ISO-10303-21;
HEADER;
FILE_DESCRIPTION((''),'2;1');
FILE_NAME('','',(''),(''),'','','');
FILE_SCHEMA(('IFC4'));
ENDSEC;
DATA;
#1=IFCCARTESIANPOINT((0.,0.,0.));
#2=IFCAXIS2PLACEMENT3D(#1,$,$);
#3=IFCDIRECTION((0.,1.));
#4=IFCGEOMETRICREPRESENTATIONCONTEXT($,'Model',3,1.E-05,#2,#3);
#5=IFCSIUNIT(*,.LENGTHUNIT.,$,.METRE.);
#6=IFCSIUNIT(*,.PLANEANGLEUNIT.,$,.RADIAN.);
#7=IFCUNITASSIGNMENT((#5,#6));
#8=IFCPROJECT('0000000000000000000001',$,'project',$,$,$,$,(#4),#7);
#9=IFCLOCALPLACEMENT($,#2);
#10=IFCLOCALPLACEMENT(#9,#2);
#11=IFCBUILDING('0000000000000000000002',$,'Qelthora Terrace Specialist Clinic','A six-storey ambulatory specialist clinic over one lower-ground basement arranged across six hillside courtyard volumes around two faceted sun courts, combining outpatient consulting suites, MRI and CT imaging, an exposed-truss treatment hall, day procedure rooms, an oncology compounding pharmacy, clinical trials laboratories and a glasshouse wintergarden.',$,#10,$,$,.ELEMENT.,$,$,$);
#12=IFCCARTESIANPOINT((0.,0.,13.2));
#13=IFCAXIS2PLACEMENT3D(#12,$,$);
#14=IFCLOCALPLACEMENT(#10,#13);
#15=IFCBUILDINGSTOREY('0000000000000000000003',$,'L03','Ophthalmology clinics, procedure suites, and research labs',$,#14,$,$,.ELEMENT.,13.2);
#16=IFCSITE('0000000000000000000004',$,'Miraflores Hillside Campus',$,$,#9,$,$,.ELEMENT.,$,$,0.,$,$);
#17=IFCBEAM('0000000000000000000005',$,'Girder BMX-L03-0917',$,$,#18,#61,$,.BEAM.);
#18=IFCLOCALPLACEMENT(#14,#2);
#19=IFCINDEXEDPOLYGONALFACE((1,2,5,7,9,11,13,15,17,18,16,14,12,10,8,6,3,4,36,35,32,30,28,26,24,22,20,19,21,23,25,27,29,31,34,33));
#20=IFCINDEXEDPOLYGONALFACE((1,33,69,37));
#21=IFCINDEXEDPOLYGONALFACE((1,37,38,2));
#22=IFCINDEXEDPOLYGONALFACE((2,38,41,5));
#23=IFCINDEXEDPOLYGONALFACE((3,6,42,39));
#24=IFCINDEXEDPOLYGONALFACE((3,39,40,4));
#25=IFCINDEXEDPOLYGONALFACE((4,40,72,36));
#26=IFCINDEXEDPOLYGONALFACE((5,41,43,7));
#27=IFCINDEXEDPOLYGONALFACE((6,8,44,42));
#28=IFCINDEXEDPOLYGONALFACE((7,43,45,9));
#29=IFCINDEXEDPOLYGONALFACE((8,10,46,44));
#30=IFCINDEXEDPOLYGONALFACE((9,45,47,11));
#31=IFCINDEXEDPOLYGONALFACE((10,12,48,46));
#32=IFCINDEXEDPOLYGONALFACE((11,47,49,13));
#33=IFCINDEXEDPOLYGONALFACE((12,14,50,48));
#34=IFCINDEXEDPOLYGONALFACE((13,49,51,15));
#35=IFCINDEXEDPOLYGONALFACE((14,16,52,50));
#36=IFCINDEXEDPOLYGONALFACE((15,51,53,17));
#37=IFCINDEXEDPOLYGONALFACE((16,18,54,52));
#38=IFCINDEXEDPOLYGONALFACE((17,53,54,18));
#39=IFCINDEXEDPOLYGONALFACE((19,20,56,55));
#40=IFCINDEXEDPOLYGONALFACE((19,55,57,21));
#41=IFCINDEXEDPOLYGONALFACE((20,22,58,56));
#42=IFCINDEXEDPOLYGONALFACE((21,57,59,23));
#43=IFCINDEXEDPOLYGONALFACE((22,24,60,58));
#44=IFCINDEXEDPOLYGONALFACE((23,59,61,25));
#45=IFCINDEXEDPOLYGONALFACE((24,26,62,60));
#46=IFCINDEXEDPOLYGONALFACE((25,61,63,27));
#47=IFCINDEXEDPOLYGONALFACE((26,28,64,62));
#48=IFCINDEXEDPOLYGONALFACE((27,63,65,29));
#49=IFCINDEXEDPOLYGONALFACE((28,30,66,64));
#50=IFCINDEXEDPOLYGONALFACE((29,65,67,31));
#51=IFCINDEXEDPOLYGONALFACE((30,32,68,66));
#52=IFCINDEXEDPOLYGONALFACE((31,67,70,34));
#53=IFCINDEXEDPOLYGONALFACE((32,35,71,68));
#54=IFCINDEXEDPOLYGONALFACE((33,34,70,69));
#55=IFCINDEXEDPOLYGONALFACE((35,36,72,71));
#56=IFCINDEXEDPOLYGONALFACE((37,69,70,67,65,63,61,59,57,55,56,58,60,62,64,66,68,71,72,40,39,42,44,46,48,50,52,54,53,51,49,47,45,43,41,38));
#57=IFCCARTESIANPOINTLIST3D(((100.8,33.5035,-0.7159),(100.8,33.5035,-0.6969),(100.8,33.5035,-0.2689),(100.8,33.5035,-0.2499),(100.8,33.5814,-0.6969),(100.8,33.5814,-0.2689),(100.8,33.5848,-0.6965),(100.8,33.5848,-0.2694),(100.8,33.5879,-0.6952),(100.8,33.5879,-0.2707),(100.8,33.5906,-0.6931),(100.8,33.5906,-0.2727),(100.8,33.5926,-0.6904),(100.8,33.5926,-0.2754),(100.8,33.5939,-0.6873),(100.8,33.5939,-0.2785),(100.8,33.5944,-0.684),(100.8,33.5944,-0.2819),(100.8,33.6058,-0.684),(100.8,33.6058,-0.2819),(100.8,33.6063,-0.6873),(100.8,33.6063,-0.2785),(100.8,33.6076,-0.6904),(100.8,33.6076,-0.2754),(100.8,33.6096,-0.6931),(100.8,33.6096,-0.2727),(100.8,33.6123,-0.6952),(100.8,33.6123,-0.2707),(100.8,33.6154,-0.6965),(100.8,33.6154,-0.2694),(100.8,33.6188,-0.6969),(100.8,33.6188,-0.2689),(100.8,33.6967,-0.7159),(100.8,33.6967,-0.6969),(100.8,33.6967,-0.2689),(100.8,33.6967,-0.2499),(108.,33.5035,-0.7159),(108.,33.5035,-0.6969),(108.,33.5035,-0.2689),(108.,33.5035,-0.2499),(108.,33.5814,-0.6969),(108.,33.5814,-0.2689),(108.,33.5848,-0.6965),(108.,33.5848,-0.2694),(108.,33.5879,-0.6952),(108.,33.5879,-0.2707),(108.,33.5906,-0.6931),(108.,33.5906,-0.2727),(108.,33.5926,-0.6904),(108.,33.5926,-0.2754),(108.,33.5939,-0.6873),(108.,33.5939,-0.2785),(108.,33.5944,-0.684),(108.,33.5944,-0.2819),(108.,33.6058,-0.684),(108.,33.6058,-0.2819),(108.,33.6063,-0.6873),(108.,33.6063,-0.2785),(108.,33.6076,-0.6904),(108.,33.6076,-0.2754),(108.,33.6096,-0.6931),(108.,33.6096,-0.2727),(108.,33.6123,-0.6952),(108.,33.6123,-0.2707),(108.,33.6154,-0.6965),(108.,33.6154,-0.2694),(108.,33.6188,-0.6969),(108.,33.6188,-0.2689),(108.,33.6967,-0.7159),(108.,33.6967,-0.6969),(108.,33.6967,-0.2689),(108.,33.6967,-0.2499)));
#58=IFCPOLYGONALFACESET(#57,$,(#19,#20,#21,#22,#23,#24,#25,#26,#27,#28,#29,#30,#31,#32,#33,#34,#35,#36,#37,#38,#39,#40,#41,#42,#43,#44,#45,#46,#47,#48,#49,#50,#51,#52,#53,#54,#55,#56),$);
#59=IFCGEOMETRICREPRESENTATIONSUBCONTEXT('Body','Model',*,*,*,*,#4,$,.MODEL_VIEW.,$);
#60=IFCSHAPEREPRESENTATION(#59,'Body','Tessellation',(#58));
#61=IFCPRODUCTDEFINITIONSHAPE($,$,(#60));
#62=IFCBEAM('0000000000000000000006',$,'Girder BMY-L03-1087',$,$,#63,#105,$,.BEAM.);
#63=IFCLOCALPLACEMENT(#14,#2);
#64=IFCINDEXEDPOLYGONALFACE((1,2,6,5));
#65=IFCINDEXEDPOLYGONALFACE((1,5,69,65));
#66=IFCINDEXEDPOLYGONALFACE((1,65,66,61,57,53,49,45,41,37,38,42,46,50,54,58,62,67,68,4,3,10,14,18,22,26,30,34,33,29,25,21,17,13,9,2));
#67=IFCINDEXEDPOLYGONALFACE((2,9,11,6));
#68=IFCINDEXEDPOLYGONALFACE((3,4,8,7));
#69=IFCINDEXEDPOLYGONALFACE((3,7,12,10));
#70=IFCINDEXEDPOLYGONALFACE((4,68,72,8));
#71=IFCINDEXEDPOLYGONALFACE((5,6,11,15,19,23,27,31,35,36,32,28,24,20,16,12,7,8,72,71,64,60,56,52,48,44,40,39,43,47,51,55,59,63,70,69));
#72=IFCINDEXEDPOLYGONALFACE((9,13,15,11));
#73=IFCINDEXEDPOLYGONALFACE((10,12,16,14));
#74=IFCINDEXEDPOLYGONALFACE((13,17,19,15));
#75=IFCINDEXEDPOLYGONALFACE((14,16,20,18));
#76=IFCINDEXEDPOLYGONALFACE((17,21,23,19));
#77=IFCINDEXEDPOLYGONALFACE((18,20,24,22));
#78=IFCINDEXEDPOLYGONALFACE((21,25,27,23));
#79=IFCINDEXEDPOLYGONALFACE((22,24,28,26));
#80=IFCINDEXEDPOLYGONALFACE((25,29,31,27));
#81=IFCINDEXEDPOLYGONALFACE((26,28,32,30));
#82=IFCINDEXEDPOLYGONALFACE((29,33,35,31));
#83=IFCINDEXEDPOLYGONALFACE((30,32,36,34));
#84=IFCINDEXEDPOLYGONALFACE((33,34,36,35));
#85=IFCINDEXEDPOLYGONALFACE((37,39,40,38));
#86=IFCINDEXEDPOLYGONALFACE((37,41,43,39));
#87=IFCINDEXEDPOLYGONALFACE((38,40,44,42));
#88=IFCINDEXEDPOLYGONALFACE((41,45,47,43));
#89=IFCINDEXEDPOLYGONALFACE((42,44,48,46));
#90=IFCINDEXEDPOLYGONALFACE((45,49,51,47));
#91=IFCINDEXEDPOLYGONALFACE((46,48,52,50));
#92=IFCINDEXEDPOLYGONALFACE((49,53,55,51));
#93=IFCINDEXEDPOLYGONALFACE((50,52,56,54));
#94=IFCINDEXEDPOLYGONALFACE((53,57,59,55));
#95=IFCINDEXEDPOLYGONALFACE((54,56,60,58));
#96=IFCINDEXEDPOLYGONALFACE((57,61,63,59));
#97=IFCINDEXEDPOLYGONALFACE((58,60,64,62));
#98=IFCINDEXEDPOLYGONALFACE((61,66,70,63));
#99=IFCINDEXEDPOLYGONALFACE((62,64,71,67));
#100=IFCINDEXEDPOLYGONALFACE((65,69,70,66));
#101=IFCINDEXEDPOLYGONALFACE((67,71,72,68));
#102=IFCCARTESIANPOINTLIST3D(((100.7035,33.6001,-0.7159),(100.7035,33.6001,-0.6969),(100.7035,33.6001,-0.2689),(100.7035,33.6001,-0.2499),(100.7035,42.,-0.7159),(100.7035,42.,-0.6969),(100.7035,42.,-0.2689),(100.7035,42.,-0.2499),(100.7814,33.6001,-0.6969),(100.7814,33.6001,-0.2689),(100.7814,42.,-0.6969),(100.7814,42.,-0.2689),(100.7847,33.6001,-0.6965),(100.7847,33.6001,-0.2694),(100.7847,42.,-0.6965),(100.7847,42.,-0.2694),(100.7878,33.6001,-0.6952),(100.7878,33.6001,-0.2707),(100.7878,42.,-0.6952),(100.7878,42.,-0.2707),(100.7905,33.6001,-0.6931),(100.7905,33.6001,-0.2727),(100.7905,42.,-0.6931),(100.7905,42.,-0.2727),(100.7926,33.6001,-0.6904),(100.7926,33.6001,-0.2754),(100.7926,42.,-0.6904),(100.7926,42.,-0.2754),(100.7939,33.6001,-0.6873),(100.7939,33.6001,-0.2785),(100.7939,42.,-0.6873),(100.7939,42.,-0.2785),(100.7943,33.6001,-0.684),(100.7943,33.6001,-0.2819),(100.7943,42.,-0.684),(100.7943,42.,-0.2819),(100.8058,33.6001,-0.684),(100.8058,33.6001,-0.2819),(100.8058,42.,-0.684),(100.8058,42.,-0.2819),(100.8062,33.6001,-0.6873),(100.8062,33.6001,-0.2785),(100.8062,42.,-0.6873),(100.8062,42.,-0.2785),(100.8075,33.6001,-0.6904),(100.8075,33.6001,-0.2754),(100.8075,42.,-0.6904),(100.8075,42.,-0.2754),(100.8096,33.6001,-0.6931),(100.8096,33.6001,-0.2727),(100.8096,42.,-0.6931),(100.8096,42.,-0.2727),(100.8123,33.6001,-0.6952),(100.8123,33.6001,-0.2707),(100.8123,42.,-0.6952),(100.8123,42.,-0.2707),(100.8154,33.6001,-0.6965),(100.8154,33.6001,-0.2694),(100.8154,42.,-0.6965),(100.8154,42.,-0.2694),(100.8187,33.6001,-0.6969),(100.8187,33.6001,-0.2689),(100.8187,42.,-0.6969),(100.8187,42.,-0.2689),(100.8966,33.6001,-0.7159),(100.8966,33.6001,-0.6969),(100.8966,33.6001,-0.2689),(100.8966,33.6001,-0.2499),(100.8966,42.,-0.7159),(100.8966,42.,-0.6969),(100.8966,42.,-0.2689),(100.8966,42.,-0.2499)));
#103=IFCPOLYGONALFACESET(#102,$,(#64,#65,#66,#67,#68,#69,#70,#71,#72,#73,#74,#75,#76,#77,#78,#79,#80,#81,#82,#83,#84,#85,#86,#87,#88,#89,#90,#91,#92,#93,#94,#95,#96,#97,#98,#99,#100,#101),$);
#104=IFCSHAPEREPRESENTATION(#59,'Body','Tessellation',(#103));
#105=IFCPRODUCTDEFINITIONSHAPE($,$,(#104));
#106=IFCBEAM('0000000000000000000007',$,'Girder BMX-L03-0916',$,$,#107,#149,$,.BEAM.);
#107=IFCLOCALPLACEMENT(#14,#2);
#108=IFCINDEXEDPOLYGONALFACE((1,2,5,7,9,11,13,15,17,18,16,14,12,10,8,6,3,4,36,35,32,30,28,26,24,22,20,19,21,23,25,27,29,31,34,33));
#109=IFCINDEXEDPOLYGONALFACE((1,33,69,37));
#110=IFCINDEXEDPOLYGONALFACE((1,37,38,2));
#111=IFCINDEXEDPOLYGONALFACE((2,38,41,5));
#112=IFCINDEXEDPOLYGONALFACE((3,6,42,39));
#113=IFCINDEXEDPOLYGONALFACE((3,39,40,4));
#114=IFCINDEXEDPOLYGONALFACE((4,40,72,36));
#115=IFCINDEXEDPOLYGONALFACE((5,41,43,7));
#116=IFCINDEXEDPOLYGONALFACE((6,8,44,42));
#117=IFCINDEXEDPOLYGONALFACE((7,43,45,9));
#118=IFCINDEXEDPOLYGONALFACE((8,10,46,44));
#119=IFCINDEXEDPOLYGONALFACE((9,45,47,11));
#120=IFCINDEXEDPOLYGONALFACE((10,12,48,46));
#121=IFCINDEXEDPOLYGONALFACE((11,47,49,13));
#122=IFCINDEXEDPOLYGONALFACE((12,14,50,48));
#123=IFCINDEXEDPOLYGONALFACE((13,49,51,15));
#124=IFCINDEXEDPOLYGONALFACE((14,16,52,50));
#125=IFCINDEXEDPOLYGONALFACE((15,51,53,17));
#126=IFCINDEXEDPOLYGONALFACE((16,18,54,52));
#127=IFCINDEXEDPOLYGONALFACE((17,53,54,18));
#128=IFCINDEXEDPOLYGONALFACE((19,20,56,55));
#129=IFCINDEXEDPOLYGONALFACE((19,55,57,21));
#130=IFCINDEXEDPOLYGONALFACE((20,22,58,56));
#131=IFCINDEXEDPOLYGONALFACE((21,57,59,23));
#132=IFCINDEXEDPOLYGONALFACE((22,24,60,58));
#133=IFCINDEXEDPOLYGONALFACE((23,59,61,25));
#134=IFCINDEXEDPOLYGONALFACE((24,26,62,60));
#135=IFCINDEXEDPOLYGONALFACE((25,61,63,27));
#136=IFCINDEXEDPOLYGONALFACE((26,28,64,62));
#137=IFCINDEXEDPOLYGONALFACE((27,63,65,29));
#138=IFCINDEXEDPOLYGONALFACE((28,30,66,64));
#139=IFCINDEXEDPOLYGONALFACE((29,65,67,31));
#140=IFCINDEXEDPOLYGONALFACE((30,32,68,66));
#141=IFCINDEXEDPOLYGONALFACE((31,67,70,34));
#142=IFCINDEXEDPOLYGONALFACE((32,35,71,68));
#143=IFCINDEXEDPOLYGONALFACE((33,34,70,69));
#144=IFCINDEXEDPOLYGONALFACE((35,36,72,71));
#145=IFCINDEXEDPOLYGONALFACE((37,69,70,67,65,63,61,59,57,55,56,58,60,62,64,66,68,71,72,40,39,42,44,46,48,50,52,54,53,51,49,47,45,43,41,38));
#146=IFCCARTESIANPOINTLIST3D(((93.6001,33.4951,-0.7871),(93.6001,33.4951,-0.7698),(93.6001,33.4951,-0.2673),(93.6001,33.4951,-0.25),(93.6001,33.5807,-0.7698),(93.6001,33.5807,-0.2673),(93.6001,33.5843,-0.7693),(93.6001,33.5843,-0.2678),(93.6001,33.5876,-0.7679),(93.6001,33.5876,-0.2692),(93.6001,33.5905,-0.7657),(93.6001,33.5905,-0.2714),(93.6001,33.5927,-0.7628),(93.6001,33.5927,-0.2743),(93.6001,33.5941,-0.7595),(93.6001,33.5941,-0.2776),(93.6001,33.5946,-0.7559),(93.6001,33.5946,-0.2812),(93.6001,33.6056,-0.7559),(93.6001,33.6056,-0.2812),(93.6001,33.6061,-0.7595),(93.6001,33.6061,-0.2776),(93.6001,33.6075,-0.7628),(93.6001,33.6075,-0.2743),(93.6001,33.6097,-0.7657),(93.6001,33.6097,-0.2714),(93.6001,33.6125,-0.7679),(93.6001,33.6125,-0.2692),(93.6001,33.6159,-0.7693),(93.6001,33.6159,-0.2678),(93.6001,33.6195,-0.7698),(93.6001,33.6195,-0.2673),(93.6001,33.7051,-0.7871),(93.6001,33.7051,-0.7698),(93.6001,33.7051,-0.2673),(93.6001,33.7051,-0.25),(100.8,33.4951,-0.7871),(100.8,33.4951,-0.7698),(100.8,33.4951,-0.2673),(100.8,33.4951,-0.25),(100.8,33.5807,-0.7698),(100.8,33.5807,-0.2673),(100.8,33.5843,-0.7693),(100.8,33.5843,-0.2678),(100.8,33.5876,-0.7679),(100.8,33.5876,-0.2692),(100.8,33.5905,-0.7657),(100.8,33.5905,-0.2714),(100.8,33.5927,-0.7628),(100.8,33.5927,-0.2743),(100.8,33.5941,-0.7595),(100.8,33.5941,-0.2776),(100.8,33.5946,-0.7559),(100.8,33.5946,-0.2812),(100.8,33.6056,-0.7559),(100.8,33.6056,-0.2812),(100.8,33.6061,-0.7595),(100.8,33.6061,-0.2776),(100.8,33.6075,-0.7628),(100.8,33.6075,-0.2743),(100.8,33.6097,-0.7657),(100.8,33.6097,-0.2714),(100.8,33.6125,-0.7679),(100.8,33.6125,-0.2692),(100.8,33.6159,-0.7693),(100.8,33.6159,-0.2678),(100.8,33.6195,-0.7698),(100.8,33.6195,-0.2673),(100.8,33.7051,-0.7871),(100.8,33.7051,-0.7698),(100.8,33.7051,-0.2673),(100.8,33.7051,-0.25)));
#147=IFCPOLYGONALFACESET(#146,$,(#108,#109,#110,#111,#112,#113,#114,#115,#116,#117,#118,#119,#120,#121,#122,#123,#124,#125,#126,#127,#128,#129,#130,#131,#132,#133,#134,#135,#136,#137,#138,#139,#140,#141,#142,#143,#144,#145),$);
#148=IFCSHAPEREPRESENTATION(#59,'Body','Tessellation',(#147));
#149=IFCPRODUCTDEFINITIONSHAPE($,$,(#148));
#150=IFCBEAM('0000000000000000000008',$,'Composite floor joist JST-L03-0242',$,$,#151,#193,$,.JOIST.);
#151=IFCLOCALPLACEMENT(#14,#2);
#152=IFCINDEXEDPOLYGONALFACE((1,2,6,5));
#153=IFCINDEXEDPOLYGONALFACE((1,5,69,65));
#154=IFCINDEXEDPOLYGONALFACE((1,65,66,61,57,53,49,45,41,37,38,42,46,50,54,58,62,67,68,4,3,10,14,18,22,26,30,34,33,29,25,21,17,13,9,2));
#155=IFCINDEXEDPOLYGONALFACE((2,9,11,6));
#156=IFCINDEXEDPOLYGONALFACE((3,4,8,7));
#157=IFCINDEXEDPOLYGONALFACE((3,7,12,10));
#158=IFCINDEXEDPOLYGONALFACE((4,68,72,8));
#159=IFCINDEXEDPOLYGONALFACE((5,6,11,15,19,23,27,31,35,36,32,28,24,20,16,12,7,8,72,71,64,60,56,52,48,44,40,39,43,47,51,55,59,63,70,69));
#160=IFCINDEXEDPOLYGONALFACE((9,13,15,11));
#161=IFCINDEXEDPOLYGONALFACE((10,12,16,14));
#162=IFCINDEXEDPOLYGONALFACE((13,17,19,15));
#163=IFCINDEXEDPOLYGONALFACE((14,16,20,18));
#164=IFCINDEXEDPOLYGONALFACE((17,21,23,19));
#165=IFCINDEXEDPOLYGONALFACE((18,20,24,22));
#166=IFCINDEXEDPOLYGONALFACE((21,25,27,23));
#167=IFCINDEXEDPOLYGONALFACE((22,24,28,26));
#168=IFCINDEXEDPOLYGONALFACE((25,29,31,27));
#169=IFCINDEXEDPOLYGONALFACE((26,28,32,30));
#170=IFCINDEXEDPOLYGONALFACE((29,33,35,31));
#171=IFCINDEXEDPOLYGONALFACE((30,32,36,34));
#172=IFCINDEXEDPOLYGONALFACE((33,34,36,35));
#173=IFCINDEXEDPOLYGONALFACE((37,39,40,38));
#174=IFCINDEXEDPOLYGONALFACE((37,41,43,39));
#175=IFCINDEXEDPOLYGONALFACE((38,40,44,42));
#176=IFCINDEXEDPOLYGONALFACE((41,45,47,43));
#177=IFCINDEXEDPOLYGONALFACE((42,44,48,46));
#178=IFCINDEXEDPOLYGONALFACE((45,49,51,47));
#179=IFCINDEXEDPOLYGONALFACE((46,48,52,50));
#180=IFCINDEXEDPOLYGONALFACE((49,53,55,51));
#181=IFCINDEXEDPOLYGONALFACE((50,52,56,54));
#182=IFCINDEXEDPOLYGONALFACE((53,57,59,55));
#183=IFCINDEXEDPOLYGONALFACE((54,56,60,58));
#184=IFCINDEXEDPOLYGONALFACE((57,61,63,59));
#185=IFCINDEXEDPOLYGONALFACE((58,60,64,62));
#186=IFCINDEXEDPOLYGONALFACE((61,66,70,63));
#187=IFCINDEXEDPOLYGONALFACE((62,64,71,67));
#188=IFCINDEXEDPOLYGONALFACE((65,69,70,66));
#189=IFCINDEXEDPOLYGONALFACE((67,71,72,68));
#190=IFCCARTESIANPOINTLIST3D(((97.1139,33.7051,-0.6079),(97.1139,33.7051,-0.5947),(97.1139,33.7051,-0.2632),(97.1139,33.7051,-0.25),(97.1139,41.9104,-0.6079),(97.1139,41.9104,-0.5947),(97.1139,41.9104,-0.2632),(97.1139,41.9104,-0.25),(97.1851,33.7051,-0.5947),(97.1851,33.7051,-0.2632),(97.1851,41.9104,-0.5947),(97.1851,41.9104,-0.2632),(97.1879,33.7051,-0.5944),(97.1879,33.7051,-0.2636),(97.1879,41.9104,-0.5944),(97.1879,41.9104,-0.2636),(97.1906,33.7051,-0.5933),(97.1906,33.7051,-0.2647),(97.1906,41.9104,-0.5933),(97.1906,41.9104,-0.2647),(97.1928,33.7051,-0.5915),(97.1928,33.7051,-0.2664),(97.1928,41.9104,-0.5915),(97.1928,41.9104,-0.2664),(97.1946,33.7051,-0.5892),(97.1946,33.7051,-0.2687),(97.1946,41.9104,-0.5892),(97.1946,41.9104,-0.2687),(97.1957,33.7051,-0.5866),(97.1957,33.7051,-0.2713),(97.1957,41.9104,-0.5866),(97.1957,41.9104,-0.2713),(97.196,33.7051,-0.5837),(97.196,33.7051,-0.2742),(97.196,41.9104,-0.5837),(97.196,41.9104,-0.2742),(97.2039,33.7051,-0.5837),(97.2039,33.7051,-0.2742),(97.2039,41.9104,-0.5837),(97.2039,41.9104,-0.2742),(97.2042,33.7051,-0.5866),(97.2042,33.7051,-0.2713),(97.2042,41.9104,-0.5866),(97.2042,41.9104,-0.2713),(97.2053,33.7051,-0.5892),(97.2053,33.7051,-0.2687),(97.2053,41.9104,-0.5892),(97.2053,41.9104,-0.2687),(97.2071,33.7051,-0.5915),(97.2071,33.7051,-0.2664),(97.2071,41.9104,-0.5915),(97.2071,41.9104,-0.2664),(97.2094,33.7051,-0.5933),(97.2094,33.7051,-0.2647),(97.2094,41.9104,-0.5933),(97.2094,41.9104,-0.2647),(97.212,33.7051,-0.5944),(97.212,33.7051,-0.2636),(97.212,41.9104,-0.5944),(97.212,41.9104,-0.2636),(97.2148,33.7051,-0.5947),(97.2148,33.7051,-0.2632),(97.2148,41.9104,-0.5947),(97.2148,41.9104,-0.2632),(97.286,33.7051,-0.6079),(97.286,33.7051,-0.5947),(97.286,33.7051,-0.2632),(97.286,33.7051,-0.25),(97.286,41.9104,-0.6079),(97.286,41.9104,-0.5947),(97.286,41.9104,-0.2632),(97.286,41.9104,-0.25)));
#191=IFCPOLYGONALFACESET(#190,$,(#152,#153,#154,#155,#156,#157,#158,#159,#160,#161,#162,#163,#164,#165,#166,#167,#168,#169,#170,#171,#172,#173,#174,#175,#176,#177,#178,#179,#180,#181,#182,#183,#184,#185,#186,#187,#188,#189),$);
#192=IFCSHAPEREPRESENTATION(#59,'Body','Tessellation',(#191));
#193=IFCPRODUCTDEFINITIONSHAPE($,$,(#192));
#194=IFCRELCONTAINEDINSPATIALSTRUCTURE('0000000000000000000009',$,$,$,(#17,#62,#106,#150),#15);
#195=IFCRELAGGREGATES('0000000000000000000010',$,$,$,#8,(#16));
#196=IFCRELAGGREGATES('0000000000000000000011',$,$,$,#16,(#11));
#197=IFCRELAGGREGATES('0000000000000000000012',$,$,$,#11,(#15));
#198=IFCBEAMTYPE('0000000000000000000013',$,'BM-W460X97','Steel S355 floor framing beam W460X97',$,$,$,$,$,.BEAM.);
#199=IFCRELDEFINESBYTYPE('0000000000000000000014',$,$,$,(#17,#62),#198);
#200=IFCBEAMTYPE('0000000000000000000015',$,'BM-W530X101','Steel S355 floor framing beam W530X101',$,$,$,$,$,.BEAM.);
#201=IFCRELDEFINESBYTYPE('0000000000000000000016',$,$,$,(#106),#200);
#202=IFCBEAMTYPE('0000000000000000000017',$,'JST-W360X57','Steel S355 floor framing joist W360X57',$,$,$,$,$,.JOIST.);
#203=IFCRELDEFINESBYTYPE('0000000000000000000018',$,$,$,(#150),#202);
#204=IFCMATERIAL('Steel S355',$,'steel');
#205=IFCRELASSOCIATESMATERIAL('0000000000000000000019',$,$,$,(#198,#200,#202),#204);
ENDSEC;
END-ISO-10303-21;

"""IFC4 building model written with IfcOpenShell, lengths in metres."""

from ifc_helpers import new_model, si_unit, direction, frame, origin, origin_2d, place, context, subcontext, project, spatial, i_section, extrude, material, material_profile, profile_set, type_object, element, save


model = new_model("IFC4")

# Units and contexts
model_context = context("Model", 3, precision=1e-05, world=origin(), true_north=direction((0.0, 1.0)))
body_context = subcontext(model_context, "Body", "Model", "MODEL_VIEW")
ifc_project = project(units=[si_unit("LENGTHUNIT", "METRE"), si_unit("PLANEANGLEUNIT", "RADIAN")], contexts=[model_context])

# Site, building, storey
site_placement = place(None, origin())
site = spatial("IfcSite", under=ifc_project, at=site_placement, Name="Miraflores Hillside Campus", CompositionType="ELEMENT", RefElevation=0.0)
building_placement = place(site_placement, origin())
building = spatial("IfcBuilding", under=site, at=building_placement, Name="Qelthora Terrace Specialist Clinic", Description="A six-storey ambulatory specialist clinic over one lower-ground basement arranged across six hillside courtyard volumes around two faceted sun courts, combining outpatient consulting suites, MRI and CT imaging, an exposed-truss treatment hall, day procedure rooms, an oncology compounding pharmacy, clinical trials laboratories and a glasshouse wintergarden.", CompositionType="ELEMENT")
storey_placement = place(building_placement, frame((0.0, 0.0, 13.2)))
storey = spatial("IfcBuildingStorey", under=building, at=storey_placement, Name="L03", Description="Ophthalmology clinics, procedure suites, and research labs", CompositionType="ELEMENT", Elevation=13.2)

# Shared definitions
ifc_material_1 = material(Name="Steel S355", Category="steel")

# Beams
ifc_material_profile_1 = material_profile(ifc_material_1, i_section(OverallWidth=0.1931, OverallDepth=0.4661, WebThickness=0.0115, FlangeThickness=0.019, FilletRadius=0.0129, at=origin_2d()), Name="W460X97")
ifc_profile_set_1 = profile_set([ifc_material_profile_1], Name="Steel S355")
beam_type_1 = type_object("IfcBeamType", Name="BM-W460X97", Description="Steel S355 floor framing beam W460X97", PredefinedType="BEAM", material=ifc_profile_set_1)
beam_1_placement = place(storey_placement, frame((100.8, 33.6001, -0.4829), z_axis=(1.0, 0.0, 0.0), x_axis=(0.0, 1.0, 0.0)))
element("IfcBeam", 1, at=beam_1_placement, inside=storey, type_object=beam_type_1, Name="Girder BMX-L03-0917", PredefinedType="BEAM", context=body_context, shape_type="SweptSolid", body=[
    extrude(i_section(OverallWidth=0.1931, OverallDepth=0.4661, WebThickness=0.0115, FlangeThickness=0.019, FilletRadius=0.0129, at=origin_2d()), origin(), (0.0, 0.0, 1.0), 7.2),
])
beam_2_placement = place(storey_placement, frame((100.8, 33.6001, -0.4829), z_axis=(0.0, 1.0, 0.0), x_axis=(-1.0, 0.0, 0.0)))
element("IfcBeam", 2, at=beam_2_placement, inside=storey, type_object=beam_type_1, Name="Girder BMY-L03-1087", PredefinedType="BEAM", context=body_context, shape_type="SweptSolid", body=[
    extrude(i_section(OverallWidth=0.1931, OverallDepth=0.4661, WebThickness=0.0115, FlangeThickness=0.019, FilletRadius=0.0129, at=origin_2d()), origin(), (0.0, 0.0, 1.0), 8.3999),
])
ifc_material_profile_2 = material_profile(ifc_material_1, i_section(OverallWidth=0.21, OverallDepth=0.5371, WebThickness=0.011, FlangeThickness=0.0173, FilletRadius=0.0139, at=origin_2d()), Name="W530X101")
ifc_profile_set_2 = profile_set([ifc_material_profile_2], Name="Steel S355")
beam_type_2 = type_object("IfcBeamType", Name="BM-W530X101", Description="Steel S355 floor framing beam W530X101", PredefinedType="BEAM", material=ifc_profile_set_2)
beam_3_placement = place(storey_placement, frame((93.6001, 33.6001, -0.5186), z_axis=(1.0, 0.0, 0.0), x_axis=(0.0, 1.0, 0.0)))
element("IfcBeam", 3, at=beam_3_placement, inside=storey, type_object=beam_type_2, Name="Girder BMX-L03-0916", PredefinedType="BEAM", context=body_context, shape_type="SweptSolid", body=[
    extrude(i_section(OverallWidth=0.21, OverallDepth=0.5371, WebThickness=0.011, FlangeThickness=0.0173, FilletRadius=0.0139, at=origin_2d()), origin(), (0.0, 0.0, 1.0), 7.2),
])
ifc_material_profile_3 = material_profile(ifc_material_1, i_section(OverallWidth=0.1721, OverallDepth=0.3579, WebThickness=0.0078, FlangeThickness=0.0132, FilletRadius=0.011, at=origin_2d()), Name="W360X57")
ifc_profile_set_3 = profile_set([ifc_material_profile_3], Name="Steel S355")
beam_type_3 = type_object("IfcBeamType", Name="JST-W360X57", Description="Steel S355 floor framing joist W360X57", PredefinedType="JOIST", material=ifc_profile_set_3)
beam_4_placement = place(storey_placement, frame((97.2, 33.7051, -0.429), z_axis=(0.0, 1.0, 0.0), x_axis=(-1.0, 0.0, 0.0)))
element("IfcBeam", 4, at=beam_4_placement, inside=storey, type_object=beam_type_3, Name="Composite floor joist JST-L03-0242", PredefinedType="JOIST", context=body_context, shape_type="SweptSolid", body=[
    extrude(i_section(OverallWidth=0.1721, OverallDepth=0.3579, WebThickness=0.0078, FlangeThickness=0.0132, FilletRadius=0.011, at=origin_2d()), origin(), (0.0, 0.0, 1.0), 8.2053),
])

save(model, "model.ifc")
